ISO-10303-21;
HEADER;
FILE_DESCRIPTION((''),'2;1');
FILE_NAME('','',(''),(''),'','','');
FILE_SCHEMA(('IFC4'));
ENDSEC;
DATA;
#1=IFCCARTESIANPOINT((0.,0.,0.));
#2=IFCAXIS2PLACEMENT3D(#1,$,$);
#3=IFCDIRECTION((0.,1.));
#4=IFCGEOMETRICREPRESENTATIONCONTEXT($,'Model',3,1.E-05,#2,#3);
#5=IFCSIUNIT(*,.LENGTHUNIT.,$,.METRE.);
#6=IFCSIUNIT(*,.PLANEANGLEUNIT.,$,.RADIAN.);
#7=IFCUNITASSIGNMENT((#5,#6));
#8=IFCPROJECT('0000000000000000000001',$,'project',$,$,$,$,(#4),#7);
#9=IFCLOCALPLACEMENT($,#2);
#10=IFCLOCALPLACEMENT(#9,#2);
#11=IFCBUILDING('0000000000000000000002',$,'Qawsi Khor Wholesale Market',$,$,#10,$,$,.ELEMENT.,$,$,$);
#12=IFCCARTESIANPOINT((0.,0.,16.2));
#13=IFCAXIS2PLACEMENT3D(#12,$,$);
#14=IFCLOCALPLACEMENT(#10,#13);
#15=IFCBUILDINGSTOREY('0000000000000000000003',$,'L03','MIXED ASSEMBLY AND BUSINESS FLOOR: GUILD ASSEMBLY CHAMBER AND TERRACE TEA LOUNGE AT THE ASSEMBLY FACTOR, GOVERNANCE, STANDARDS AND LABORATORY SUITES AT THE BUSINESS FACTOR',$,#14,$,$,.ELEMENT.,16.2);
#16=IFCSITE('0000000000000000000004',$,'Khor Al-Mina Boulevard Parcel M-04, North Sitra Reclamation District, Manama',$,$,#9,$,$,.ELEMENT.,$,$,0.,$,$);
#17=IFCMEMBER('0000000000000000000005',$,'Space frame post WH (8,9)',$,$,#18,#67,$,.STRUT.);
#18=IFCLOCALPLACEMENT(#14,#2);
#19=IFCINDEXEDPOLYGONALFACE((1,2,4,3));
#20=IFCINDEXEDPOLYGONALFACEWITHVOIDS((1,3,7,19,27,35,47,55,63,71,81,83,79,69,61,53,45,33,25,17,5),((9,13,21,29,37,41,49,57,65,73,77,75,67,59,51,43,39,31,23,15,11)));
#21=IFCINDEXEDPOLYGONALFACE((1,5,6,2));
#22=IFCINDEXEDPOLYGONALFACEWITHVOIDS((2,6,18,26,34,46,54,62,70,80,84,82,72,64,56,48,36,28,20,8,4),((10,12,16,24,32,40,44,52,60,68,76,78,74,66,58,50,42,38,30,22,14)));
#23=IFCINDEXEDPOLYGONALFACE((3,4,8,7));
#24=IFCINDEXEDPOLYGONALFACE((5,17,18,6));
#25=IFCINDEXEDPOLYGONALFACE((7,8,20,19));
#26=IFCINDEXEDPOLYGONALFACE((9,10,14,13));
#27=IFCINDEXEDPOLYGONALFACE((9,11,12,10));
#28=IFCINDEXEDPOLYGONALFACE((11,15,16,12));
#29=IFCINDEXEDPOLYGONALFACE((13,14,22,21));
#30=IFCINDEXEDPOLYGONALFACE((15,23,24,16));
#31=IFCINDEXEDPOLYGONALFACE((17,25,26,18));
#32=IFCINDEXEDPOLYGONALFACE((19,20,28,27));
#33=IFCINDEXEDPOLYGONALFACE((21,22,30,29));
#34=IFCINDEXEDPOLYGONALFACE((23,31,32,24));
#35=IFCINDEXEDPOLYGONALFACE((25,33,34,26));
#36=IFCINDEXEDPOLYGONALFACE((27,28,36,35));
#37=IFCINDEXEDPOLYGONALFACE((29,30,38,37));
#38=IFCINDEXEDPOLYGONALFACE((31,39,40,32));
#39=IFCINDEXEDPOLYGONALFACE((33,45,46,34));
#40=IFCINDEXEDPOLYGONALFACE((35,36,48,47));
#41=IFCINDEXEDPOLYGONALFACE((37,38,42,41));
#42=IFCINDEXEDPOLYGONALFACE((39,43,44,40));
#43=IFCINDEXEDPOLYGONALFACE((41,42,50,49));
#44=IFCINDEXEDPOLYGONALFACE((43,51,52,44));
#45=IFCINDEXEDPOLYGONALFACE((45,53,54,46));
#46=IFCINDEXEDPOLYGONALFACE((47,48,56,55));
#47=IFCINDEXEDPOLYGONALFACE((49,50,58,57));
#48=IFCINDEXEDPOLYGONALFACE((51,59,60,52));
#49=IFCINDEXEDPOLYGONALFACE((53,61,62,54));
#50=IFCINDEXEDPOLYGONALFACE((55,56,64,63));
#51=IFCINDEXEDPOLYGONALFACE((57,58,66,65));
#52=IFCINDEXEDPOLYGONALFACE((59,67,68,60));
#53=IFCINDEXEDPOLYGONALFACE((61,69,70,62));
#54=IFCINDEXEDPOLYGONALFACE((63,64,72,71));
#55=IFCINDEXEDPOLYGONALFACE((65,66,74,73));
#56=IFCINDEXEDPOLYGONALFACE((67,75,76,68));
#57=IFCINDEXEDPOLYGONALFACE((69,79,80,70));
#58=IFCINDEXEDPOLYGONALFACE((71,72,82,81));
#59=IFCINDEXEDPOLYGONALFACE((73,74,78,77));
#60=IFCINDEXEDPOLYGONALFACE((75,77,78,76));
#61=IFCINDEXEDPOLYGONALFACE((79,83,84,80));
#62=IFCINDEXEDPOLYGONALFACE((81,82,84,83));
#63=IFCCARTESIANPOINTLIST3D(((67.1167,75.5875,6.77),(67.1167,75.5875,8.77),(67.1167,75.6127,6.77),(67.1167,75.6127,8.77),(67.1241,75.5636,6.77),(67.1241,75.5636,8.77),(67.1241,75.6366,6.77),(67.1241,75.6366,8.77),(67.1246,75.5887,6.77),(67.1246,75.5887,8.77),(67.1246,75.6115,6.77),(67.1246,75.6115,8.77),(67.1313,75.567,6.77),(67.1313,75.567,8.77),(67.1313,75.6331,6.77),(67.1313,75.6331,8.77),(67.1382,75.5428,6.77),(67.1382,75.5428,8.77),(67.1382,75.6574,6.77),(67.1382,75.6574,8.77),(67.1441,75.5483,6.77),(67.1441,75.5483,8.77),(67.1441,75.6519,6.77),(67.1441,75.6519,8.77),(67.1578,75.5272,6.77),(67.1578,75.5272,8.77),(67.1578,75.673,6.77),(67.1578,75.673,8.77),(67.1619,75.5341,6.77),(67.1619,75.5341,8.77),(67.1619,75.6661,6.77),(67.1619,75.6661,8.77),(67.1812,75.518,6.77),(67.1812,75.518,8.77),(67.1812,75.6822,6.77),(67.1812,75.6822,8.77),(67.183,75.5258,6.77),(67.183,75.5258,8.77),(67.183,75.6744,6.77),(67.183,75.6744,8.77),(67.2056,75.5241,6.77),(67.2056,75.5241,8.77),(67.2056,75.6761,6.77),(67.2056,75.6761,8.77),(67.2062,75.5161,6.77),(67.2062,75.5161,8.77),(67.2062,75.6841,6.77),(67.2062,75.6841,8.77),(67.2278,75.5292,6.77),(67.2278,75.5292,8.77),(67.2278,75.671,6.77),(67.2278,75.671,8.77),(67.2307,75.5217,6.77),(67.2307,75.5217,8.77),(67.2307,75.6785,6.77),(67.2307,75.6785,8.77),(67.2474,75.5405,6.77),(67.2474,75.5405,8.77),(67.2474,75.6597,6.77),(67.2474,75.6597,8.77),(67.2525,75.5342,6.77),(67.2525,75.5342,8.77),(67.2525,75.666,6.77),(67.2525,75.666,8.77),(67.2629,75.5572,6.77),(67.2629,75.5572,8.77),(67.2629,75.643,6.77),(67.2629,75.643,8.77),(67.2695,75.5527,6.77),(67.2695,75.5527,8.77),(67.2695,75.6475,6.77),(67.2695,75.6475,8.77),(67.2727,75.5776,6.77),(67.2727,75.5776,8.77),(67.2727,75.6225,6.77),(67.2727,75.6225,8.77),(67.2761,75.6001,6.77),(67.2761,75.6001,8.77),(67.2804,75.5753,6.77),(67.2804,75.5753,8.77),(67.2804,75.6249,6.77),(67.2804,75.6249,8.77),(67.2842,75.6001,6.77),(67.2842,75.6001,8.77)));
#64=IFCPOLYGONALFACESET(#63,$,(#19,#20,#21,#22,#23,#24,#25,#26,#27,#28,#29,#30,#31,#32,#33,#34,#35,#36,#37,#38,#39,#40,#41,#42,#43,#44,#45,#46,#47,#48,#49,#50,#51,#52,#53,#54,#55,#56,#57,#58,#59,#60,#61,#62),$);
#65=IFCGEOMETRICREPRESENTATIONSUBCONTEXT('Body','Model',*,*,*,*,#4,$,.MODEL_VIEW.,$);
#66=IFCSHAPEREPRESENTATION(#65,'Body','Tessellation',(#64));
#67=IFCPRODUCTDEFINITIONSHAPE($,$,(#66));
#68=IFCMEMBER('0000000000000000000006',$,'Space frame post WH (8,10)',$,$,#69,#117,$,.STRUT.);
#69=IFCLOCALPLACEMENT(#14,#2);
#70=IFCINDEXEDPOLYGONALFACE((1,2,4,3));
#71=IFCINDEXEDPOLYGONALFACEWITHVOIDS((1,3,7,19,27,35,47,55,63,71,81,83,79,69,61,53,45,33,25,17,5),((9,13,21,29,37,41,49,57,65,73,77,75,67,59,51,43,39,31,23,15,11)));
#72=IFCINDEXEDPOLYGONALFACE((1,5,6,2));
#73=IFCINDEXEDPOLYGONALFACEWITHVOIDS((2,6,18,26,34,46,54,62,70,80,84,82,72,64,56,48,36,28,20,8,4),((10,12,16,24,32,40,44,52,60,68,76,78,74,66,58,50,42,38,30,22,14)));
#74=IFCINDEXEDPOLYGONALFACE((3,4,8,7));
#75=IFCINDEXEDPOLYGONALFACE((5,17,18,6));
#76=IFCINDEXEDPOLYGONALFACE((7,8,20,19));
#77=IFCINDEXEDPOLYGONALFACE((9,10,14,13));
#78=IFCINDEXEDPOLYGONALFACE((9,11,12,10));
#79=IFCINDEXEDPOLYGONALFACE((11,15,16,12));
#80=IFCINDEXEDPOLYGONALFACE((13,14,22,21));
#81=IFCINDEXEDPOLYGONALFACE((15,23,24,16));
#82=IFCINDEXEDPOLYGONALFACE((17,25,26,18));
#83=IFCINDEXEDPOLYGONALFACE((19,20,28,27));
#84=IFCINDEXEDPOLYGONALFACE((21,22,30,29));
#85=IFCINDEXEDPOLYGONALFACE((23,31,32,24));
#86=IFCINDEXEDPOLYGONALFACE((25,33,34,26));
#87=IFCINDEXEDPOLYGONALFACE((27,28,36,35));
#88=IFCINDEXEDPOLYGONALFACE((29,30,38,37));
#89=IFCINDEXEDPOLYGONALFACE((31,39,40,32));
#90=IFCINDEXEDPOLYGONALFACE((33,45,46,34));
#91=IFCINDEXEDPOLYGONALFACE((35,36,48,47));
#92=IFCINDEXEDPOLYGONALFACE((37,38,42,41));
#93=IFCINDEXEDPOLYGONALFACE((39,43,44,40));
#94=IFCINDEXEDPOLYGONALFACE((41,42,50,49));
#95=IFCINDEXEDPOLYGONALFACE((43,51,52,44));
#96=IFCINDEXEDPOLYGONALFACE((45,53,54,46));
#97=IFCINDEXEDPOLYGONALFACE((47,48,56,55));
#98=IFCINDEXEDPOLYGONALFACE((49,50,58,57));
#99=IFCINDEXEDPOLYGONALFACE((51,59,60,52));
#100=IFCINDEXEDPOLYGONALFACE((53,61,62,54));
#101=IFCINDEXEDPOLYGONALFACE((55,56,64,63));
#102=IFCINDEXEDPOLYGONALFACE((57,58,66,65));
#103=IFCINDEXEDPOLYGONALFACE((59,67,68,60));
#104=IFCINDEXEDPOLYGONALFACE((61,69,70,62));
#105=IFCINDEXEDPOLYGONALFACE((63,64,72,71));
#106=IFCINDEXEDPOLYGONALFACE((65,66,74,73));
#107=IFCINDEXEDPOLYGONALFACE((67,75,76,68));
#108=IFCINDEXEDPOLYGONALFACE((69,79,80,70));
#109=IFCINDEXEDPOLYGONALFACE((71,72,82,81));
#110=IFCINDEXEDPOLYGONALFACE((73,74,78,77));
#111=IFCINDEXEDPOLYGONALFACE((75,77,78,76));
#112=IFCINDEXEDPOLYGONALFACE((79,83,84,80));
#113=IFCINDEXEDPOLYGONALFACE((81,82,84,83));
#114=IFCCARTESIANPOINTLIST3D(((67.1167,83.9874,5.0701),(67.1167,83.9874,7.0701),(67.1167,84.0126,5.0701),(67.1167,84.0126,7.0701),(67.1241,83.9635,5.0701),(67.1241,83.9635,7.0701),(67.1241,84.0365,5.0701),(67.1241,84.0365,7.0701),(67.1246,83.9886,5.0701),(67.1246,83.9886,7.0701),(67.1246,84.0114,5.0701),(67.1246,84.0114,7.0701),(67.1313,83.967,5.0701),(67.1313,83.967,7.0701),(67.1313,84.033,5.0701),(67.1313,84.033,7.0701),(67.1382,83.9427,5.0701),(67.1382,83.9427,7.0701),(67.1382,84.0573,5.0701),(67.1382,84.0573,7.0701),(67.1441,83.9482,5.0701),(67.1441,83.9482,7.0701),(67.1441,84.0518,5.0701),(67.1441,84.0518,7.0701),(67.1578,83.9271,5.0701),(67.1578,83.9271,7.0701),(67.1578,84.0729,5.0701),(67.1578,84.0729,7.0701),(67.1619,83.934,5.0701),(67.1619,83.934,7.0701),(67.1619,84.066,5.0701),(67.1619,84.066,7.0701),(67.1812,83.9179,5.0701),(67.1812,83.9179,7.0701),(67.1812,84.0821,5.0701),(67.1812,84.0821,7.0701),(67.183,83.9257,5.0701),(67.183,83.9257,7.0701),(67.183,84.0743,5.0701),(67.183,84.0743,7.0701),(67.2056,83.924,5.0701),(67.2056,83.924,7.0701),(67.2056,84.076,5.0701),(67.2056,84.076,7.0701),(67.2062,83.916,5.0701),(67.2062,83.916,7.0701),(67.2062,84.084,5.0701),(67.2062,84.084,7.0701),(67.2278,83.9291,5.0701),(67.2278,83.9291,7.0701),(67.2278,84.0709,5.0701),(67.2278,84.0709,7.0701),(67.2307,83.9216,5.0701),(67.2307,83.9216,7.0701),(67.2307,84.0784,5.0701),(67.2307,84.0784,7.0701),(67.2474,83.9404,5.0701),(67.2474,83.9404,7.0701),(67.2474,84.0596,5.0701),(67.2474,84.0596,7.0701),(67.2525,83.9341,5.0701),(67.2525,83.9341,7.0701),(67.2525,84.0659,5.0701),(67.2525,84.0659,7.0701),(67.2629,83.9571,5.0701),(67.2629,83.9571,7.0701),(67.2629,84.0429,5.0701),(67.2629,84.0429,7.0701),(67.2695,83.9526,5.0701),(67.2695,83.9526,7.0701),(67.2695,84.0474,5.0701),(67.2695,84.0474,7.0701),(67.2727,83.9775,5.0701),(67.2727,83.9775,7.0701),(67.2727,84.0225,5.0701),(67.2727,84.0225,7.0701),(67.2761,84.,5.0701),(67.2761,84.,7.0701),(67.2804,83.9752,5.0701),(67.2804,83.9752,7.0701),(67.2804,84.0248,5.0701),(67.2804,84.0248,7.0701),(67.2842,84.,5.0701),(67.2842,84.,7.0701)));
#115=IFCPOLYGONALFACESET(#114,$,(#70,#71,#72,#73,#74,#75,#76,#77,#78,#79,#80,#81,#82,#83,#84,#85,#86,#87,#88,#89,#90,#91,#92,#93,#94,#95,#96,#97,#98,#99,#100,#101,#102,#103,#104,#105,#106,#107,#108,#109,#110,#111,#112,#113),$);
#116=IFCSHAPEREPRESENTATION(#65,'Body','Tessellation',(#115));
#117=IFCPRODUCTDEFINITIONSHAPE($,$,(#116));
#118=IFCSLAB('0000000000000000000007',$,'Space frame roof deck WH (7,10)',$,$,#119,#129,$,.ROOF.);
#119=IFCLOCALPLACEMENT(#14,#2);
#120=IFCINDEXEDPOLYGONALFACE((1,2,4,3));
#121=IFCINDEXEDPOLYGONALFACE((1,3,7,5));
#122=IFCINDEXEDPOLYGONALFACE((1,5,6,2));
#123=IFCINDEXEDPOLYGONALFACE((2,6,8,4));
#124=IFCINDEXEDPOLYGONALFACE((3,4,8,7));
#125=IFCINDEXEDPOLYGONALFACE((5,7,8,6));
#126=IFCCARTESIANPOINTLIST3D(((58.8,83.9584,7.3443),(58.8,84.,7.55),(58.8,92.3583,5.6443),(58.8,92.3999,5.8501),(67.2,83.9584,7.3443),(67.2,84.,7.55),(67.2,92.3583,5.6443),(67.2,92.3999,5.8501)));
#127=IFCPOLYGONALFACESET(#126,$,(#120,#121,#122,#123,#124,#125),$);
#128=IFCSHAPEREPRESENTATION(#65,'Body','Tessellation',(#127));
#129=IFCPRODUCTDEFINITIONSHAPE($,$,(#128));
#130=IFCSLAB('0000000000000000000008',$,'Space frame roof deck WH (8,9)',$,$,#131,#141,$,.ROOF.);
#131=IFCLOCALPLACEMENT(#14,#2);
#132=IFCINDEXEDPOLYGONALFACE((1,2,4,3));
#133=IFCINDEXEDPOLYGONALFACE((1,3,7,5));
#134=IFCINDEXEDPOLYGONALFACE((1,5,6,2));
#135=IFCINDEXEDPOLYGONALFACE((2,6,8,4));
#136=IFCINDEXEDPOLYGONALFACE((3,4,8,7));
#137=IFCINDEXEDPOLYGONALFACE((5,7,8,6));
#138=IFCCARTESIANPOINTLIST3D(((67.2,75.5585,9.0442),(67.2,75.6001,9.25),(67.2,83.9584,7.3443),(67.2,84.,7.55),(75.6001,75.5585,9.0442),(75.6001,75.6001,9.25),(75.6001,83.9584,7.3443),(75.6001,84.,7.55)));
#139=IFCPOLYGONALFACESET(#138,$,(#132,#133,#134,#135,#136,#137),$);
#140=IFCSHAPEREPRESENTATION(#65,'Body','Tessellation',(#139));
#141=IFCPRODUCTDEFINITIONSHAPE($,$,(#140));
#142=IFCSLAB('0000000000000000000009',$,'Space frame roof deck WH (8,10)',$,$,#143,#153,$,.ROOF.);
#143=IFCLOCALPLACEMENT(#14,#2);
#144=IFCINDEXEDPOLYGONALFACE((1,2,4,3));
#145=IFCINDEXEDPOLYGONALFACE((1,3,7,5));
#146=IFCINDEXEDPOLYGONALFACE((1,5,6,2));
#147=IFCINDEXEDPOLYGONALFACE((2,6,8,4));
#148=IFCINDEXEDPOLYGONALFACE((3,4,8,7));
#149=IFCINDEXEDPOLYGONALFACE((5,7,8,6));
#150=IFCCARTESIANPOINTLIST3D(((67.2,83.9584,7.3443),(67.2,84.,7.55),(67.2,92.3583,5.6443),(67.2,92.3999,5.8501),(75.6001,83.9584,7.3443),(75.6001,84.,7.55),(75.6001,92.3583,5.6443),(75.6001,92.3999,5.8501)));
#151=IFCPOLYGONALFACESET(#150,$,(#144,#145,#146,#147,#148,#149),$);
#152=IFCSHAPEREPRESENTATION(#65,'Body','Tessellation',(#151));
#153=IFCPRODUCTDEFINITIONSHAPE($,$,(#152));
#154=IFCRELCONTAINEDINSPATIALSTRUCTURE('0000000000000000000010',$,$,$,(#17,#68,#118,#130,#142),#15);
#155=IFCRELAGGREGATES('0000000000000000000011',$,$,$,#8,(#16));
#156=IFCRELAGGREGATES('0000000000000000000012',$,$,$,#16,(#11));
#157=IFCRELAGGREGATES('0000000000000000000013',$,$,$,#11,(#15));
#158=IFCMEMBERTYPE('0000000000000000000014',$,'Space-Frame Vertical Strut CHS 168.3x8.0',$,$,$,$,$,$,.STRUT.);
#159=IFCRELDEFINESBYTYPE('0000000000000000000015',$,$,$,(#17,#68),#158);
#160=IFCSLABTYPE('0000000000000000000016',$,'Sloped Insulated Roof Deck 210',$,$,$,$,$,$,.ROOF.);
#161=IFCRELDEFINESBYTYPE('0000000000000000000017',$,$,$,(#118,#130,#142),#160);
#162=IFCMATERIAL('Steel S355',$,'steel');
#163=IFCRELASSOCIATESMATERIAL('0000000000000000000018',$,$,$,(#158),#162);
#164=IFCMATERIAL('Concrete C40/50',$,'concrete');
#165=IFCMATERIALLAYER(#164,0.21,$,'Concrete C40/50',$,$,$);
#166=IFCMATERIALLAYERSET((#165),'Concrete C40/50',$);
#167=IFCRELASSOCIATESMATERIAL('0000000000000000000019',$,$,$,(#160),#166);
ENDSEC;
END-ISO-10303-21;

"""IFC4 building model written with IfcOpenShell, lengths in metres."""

from ifc_helpers import new_model, si_unit, direction, frame, origin, origin_2d, place, context, subcontext, project, spatial, polyline, hollow_circle, outline, extrude, material, layer, layer_set, material_profile, profile_set, type_object, element, save


model = new_model("IFC4")

# Units and contexts
model_context = context("Model", 3, precision=1e-05, world=origin(), true_north=direction((0.0, 1.0)))
body_context = subcontext(model_context, "Body", "Model", "MODEL_VIEW")
ifc_project = project(units=[si_unit("LENGTHUNIT", "METRE"), si_unit("PLANEANGLEUNIT", "RADIAN")], contexts=[model_context])

# Site, building, storey
site_placement = place(None, origin())
site = spatial("IfcSite", under=ifc_project, at=site_placement, Name="Khor Al-Mina Boulevard Parcel M-04, North Sitra Reclamation District, Manama", CompositionType="ELEMENT", RefElevation=0.0)
building_placement = place(site_placement, origin())
building = spatial("IfcBuilding", under=site, at=building_placement, Name="Qawsi Khor Wholesale Market", CompositionType="ELEMENT")
storey_placement = place(building_placement, frame((0.0, 0.0, 16.2)))
storey = spatial("IfcBuildingStorey", under=building, at=storey_placement, Name="L03", Description="MIXED ASSEMBLY AND BUSINESS FLOOR: GUILD ASSEMBLY CHAMBER AND TERRACE TEA LOUNGE AT THE ASSEMBLY FACTOR, GOVERNANCE, STANDARDS AND LABORATORY SUITES AT THE BUSINESS FACTOR", CompositionType="ELEMENT", Elevation=16.2)

# Members
ifc_material_1 = material(Name="Steel S355", Category="steel")
ifc_material_profile_1 = material_profile(ifc_material_1, hollow_circle(Radius=0.0842, WallThickness=0.0081, at=origin_2d()), Name="CHS 168.3x8.0")
ifc_profile_set_1 = profile_set([ifc_material_profile_1], Name="Steel S355")
member_type_1 = type_object("IfcMemberType", Name="Space-Frame Vertical Strut CHS 168.3x8.0", PredefinedType="STRUT", material=ifc_profile_set_1)
for number, where, z_axis, x_axis, name in (
    (1, (67.2, 75.6001, 6.77), (0.0, 0.0, 1.0), (1.0, 0.0, 0.0), "Space frame post WH (8,9)"),
    (2, (67.2, 84.0, 5.0701), (0.0, 0.0, 1.0), (1.0, 0.0, 0.0), "Space frame post WH (8,10)"),
):
    element("IfcMember", number, at=place(storey_placement, frame(where, z_axis=z_axis, x_axis=x_axis)), inside=storey, type_object=member_type_1, Name=name, PredefinedType="STRUT", context=body_context, shape_type="SweptSolid", body=[
        extrude(hollow_circle(Radius=0.0842, WallThickness=0.0081, at=origin_2d()), origin(), (0.0, 0.0, 1.0), 2.0),
    ])

# Slabs
ifc_material_2 = material(Name="Concrete C40/50", Category="concrete")
ifc_layer = layer(ifc_material_2, 0.21, Name="Concrete C40/50")
ifc_layer_set = layer_set([ifc_layer], Name="Concrete C40/50")
slab_type = type_object("IfcSlabType", Name="Sloped Insulated Roof Deck 210", PredefinedType="ROOF", material=ifc_layer_set)
slab_placement = place(storey_placement, frame((58.8, 84.0, 7.55), z_axis=(0.0, 0.198356, 0.98013), x_axis=(1.0, 0.0, 0.0)))
element("IfcSlab", 3, at=slab_placement, inside=storey, type_object=slab_type, Name="Space frame roof deck WH (7,10)", PredefinedType="ROOF", context=body_context, shape_type="SweptSolid", body=[
    extrude(outline(polyline([(0.0, 0.0), (8.3999, 0.0), (8.3999, 8.5702), (0.0, 8.5702), (0.0, 0.0)])), origin(), (0.0, 0.0, -1.0), 0.21),
])
for number, where, z_axis, x_axis, name in (
    (4, (67.2, 75.6001, 9.25), (0.0, 0.198356, 0.98013), (1.0, 0.0, 0.0), "Space frame roof deck WH (8,9)"),
    (5, (67.2, 84.0, 7.55), (0.0, 0.198356, 0.98013), (1.0, 0.0, 0.0), "Space frame roof deck WH (8,10)"),
):
    element("IfcSlab", number, at=place(storey_placement, frame(where, z_axis=z_axis, x_axis=x_axis)), inside=storey, type_object=slab_type, Name=name, PredefinedType="ROOF", context=body_context, shape_type="SweptSolid", body=[
        extrude(outline(polyline([(0.0, 0.0), (8.4001, 0.0), (8.4001, 8.5702), (0.0, 8.5702), (0.0, 0.0)])), origin(), (0.0, 0.0, -1.0), 0.21),
    ])

save(model, "model.ifc")
